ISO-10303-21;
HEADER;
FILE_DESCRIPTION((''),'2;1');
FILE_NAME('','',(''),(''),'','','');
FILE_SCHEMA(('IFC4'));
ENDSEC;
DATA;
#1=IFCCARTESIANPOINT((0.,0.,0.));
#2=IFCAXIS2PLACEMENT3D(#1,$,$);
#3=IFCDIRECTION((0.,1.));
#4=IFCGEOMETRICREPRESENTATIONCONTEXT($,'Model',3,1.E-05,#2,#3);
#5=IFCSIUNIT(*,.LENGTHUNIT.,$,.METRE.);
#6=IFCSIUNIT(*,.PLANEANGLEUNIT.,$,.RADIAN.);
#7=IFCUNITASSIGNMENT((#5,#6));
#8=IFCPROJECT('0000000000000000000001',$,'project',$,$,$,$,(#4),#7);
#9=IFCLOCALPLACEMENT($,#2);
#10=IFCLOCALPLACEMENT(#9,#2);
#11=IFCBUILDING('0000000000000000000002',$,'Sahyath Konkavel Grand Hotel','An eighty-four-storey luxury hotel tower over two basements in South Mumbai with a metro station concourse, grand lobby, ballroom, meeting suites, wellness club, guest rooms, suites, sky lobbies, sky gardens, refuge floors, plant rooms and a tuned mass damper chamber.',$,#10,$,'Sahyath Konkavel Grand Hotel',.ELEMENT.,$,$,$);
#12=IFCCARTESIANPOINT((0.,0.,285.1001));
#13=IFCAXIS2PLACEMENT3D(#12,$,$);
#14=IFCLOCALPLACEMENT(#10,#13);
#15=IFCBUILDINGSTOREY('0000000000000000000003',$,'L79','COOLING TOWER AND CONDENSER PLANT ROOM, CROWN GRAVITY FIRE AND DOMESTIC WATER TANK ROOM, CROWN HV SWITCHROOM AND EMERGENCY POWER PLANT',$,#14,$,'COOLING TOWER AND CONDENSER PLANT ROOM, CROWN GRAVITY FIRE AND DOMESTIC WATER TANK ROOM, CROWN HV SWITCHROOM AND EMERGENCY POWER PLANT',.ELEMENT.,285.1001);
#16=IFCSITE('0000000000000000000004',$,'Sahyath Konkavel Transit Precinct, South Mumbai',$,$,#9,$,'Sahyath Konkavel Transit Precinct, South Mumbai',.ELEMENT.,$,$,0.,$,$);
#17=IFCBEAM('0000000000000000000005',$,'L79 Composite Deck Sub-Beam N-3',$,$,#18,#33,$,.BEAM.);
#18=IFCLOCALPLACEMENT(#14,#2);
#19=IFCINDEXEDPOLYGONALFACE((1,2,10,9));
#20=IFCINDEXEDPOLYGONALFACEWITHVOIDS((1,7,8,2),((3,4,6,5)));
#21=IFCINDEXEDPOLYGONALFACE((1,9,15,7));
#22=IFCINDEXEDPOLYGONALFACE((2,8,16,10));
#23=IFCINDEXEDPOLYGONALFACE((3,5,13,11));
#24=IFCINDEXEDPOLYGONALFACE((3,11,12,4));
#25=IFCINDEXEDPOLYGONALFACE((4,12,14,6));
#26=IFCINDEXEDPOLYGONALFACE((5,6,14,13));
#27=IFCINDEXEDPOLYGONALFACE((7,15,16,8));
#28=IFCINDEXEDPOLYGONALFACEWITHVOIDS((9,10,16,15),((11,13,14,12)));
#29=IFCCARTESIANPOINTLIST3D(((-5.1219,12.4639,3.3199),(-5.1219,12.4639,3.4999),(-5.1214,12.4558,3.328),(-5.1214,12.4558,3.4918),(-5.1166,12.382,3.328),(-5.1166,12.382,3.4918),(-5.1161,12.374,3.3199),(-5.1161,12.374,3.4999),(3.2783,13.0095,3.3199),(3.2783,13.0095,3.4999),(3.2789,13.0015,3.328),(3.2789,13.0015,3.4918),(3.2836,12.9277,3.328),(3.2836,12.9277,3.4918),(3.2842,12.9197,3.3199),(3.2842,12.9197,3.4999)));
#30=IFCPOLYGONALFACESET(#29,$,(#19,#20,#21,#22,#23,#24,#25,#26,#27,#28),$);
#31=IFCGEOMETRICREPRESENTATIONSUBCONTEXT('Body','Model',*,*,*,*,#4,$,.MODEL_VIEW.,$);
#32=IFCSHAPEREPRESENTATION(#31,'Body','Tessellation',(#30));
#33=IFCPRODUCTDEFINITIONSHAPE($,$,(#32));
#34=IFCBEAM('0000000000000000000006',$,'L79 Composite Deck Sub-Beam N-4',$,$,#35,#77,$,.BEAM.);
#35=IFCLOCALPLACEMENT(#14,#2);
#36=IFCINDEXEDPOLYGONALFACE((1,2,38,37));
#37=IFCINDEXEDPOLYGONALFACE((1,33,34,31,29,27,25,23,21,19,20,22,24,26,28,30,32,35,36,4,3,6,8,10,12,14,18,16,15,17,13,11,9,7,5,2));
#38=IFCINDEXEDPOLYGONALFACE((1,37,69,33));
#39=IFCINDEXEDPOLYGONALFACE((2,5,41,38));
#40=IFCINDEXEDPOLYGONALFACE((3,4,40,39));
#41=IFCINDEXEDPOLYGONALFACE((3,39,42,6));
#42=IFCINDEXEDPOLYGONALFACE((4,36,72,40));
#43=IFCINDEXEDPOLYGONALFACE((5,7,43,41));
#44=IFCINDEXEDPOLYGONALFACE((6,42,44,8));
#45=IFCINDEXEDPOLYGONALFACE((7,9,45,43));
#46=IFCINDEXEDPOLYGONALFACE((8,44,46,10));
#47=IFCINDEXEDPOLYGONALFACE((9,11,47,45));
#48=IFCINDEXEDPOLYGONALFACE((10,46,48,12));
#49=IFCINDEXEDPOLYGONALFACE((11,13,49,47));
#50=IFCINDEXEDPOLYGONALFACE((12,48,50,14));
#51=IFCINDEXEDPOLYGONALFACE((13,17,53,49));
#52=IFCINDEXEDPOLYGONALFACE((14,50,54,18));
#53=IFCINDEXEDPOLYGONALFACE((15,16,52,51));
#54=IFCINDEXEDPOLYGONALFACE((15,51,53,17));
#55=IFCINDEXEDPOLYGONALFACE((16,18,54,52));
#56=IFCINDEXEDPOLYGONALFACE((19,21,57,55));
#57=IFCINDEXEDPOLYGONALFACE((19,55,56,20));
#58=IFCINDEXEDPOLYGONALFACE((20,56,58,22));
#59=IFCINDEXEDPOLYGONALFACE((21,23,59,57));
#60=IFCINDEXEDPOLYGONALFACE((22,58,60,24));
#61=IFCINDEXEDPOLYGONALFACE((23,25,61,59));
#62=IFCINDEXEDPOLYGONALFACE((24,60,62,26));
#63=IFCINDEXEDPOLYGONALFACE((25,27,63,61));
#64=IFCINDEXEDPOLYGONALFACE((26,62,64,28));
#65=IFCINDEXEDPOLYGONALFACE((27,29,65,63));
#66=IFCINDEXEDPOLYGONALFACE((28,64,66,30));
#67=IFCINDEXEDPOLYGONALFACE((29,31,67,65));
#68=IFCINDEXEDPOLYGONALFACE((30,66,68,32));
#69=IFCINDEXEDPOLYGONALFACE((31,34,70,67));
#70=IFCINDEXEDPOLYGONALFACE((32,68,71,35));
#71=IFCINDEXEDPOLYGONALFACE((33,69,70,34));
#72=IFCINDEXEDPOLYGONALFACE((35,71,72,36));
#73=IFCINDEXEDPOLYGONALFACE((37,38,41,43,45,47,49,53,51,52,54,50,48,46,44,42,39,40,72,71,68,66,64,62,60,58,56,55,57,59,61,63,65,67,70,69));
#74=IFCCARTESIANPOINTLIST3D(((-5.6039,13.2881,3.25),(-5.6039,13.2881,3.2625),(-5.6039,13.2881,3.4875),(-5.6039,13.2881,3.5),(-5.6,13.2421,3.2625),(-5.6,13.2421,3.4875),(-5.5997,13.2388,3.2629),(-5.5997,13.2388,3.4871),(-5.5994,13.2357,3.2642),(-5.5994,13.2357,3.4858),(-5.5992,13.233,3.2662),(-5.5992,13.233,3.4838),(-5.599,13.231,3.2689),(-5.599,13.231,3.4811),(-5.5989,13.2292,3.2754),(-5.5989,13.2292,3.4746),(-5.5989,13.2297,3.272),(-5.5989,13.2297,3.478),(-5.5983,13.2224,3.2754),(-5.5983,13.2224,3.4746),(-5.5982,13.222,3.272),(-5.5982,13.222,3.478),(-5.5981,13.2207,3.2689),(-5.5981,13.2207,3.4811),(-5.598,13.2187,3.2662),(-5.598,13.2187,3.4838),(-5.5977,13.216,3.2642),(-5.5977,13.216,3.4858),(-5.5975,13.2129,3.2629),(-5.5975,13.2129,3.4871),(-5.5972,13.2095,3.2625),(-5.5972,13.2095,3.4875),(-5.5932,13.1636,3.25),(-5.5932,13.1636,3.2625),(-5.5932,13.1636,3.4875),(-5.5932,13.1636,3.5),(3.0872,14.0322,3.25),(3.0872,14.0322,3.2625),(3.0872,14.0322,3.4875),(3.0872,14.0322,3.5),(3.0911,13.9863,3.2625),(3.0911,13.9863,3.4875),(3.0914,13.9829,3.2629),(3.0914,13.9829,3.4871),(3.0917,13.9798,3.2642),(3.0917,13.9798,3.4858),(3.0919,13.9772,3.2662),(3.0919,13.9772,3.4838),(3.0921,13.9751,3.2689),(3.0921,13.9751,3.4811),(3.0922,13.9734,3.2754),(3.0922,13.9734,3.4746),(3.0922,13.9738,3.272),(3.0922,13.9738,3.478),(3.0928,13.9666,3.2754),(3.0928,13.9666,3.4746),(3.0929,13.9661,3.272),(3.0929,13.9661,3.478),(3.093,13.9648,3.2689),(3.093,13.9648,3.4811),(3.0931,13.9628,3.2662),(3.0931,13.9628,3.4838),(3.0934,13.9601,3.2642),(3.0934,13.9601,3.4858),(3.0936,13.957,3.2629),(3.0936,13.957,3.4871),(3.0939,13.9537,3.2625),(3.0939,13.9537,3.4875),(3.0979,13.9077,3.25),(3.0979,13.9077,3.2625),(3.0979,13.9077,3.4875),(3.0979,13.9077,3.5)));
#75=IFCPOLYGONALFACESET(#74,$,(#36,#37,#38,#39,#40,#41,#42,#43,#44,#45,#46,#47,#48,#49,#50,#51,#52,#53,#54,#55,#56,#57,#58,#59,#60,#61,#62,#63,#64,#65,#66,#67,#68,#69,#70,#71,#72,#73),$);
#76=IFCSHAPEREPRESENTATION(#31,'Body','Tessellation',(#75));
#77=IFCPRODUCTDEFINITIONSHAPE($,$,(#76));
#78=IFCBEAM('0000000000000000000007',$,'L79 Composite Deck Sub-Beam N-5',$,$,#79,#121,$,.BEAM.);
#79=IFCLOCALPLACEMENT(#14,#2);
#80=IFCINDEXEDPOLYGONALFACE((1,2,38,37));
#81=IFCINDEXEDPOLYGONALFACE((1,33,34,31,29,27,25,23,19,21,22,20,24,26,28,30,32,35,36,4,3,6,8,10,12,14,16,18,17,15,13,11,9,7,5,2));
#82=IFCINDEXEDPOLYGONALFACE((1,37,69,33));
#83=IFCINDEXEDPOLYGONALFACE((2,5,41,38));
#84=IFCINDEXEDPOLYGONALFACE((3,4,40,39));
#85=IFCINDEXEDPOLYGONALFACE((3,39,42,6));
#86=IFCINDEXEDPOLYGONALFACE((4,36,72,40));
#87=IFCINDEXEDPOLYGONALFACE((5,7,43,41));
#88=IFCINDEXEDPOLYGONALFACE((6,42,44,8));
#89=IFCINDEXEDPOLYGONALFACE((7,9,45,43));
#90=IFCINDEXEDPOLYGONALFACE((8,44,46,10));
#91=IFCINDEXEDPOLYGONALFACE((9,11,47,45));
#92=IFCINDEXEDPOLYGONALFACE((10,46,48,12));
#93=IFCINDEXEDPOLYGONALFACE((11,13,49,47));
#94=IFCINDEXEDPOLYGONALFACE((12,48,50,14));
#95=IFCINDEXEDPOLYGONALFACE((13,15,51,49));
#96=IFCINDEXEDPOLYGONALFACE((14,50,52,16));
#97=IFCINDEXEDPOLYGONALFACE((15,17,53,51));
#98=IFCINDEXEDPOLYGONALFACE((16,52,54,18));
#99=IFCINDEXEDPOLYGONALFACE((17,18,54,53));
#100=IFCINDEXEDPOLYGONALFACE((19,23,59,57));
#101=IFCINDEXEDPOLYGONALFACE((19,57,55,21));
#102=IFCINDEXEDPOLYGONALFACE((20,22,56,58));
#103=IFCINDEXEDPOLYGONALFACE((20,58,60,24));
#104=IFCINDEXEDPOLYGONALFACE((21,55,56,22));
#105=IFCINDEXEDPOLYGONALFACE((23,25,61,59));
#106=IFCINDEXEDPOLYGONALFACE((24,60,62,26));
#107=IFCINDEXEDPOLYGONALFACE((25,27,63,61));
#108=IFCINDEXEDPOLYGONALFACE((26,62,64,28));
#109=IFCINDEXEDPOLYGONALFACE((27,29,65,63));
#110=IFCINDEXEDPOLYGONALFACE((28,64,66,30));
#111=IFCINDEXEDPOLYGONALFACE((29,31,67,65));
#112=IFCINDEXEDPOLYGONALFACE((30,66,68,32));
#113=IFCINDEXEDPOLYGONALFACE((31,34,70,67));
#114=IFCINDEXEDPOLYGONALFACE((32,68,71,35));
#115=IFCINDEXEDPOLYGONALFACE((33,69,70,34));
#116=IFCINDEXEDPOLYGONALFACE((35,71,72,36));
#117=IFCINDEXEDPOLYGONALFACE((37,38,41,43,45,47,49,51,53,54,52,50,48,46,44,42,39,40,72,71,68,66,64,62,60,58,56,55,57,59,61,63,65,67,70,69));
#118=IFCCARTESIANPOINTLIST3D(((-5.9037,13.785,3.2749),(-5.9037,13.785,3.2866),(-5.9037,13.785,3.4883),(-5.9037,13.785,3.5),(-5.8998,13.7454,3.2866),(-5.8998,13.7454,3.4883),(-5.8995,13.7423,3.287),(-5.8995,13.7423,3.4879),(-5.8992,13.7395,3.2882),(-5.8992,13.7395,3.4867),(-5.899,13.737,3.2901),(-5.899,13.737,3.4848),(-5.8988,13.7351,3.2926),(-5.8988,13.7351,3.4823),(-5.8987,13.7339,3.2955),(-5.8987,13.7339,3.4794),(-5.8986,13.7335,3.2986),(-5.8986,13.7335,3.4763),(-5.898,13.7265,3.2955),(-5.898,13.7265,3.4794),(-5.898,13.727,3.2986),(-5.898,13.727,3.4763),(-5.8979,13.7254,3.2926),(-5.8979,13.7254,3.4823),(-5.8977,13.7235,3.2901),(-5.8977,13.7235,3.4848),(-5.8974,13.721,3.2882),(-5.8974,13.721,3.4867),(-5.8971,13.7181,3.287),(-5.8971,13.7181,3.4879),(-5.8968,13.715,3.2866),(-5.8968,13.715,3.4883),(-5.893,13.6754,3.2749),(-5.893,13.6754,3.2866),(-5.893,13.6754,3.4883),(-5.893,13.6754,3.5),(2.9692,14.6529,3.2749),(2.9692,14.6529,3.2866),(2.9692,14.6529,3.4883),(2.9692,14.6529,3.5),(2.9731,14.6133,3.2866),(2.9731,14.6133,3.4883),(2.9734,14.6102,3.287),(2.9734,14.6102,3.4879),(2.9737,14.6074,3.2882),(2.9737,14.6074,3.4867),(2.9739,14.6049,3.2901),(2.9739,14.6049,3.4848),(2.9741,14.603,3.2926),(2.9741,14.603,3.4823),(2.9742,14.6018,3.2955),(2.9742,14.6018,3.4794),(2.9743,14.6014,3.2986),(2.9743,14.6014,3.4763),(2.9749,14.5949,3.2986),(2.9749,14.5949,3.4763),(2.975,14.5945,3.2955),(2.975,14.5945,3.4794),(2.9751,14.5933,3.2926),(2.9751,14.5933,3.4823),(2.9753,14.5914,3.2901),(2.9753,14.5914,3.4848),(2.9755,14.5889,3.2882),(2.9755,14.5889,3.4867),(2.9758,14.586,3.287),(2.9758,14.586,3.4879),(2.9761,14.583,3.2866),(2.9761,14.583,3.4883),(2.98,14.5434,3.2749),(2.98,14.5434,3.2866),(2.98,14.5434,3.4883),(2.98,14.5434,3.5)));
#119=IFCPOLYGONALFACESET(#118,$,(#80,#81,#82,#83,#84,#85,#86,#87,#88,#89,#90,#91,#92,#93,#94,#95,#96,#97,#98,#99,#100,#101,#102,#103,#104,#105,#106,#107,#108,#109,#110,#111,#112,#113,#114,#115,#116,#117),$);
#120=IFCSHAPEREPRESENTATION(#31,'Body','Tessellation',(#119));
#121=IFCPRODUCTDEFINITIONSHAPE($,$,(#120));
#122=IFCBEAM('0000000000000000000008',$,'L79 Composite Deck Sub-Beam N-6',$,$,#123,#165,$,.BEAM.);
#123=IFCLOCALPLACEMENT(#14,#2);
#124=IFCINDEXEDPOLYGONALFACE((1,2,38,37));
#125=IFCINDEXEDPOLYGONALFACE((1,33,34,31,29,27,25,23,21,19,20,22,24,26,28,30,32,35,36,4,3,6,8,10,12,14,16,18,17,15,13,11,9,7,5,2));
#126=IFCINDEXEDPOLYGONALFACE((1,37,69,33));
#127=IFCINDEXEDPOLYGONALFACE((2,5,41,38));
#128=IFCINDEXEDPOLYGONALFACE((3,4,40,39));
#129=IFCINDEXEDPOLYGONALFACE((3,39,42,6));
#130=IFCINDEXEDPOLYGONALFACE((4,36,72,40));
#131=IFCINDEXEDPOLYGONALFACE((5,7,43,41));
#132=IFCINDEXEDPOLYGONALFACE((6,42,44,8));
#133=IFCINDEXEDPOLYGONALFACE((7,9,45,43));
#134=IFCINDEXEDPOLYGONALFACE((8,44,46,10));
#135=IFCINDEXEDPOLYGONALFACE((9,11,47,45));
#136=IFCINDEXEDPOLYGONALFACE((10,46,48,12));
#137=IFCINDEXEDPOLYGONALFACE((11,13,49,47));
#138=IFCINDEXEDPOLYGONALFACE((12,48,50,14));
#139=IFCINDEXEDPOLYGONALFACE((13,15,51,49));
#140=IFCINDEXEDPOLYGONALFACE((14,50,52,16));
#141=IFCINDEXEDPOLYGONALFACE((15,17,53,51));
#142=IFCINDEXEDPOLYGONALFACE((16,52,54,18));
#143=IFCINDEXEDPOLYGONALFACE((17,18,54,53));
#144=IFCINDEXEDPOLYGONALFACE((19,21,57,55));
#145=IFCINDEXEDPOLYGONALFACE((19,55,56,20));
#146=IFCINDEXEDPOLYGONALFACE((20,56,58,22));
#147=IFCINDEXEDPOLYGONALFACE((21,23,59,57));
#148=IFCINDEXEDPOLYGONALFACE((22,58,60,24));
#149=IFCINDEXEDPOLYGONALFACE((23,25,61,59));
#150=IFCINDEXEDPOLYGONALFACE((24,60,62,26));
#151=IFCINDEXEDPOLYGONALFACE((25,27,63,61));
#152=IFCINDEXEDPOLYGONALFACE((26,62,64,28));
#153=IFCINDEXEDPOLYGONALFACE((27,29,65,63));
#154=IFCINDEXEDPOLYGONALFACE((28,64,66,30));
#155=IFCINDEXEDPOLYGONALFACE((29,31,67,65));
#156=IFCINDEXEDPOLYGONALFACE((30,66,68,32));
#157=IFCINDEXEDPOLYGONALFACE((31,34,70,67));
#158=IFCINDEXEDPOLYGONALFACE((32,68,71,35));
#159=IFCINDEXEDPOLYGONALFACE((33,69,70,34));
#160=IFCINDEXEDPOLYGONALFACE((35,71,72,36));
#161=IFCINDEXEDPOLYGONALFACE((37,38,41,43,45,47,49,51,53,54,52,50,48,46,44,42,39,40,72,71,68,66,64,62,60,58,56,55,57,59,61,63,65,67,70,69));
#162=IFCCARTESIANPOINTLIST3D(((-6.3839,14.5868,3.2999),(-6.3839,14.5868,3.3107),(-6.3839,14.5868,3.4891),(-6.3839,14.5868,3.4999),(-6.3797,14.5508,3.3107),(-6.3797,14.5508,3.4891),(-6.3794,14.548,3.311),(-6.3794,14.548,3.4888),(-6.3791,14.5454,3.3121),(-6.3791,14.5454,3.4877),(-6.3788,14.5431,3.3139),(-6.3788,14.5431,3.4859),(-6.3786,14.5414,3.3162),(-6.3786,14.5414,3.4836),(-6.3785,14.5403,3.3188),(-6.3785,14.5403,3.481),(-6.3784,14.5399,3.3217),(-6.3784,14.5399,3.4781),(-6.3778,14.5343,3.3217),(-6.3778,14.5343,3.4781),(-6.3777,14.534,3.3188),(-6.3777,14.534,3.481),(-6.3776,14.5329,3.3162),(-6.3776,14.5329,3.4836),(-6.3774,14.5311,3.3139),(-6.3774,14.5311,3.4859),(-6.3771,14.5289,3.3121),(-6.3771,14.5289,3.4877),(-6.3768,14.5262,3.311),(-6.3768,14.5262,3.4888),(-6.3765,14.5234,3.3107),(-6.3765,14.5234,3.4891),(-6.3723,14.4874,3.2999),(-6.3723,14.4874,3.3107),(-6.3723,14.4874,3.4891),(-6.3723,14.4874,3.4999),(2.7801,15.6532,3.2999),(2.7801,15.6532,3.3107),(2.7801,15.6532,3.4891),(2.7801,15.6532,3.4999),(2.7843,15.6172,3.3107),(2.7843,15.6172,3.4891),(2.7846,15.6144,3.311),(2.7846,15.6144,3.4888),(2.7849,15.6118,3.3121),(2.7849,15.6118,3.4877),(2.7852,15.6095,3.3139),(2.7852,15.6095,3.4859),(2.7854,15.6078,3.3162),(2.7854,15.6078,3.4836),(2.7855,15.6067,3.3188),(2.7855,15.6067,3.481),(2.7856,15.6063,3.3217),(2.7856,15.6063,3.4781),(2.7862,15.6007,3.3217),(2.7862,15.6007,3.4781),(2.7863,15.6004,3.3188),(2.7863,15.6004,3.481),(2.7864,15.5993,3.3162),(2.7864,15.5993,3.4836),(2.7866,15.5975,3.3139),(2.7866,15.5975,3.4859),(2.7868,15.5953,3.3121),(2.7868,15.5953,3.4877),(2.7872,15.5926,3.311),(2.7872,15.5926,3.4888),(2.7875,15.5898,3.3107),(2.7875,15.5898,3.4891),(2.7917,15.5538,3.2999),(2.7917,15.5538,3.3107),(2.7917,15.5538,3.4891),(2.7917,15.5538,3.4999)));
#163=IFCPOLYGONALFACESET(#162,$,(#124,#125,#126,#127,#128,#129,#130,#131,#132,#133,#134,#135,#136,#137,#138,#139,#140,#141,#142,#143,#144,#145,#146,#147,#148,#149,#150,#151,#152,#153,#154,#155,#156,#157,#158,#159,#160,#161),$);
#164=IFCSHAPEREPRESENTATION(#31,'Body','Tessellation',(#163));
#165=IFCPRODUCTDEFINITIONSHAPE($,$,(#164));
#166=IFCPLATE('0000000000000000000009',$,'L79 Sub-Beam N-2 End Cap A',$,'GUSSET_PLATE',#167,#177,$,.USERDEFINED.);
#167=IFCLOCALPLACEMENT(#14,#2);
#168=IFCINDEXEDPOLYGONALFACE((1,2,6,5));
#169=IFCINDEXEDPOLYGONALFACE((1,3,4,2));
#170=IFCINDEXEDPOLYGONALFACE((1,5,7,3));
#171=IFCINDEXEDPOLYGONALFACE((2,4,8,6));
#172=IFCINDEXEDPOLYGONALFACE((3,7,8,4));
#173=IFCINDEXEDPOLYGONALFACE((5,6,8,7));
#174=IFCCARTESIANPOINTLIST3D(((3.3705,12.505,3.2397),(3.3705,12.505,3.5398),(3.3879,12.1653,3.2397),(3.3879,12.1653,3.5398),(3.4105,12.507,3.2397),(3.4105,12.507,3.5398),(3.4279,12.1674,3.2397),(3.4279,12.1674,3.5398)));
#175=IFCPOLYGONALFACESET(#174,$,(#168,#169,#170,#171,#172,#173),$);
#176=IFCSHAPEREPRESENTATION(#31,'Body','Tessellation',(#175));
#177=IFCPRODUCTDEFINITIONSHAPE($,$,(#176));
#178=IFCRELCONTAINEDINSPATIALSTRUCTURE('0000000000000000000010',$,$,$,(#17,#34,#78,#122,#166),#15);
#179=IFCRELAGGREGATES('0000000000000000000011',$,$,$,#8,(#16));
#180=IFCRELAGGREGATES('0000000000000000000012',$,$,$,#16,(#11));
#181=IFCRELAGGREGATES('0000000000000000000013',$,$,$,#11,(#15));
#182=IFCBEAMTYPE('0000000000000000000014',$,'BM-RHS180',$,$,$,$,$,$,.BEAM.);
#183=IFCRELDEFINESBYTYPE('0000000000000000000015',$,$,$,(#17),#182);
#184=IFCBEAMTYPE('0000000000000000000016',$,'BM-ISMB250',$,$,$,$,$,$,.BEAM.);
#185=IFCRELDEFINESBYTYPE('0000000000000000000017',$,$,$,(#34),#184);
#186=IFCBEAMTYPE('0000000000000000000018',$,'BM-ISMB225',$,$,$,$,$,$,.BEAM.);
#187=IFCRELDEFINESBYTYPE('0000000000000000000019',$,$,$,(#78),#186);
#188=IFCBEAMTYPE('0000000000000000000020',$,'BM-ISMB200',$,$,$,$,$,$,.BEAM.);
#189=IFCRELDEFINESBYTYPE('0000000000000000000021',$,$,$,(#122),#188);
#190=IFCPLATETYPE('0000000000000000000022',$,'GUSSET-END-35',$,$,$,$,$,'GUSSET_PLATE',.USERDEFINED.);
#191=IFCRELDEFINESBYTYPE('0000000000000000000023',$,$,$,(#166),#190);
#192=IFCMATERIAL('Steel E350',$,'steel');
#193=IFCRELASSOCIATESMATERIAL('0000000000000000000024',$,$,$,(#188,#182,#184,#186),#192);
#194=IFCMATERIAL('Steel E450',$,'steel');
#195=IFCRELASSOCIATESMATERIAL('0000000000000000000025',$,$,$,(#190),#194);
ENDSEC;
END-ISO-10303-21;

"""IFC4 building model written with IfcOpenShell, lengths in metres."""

from ifc_helpers import new_model, si_unit, direction, frame, origin, origin_2d, place, context, subcontext, project, spatial, rectangle, hollow_rectangle, i_section, extrude, source, transform, mapped, material, material_profile, profile_set, type_object, element, save


model = new_model("IFC4")

# Units and contexts
model_context = context("Model", 3, precision=1e-05, world=origin(), true_north=direction((0.0, 1.0)))
body_context = subcontext(model_context, "Body", "Model", "MODEL_VIEW")
ifc_project = project(units=[si_unit("LENGTHUNIT", "METRE"), si_unit("PLANEANGLEUNIT", "RADIAN")], contexts=[model_context])

# Site, building, storey
site_placement = place(None, origin())
site = spatial("IfcSite", under=ifc_project, at=site_placement, Name="Sahyath Konkavel Transit Precinct, South Mumbai", LongName="Sahyath Konkavel Transit Precinct, South Mumbai", CompositionType="ELEMENT", RefElevation=0.0)
building_placement = place(site_placement, origin())
building = spatial("IfcBuilding", under=site, at=building_placement, Name="Sahyath Konkavel Grand Hotel", Description="An eighty-four-storey luxury hotel tower over two basements in South Mumbai with a metro station concourse, grand lobby, ballroom, meeting suites, wellness club, guest rooms, suites, sky lobbies, sky gardens, refuge floors, plant rooms and a tuned mass damper chamber.", LongName="Sahyath Konkavel Grand Hotel", CompositionType="ELEMENT")
storey_placement = place(building_placement, frame((0.0, 0.0, 285.1001)))
storey = spatial("IfcBuildingStorey", under=building, at=storey_placement, Name="L79", Description="COOLING TOWER AND CONDENSER PLANT ROOM, CROWN GRAVITY FIRE AND DOMESTIC WATER TANK ROOM, CROWN HV SWITCHROOM AND EMERGENCY POWER PLANT", LongName="COOLING TOWER AND CONDENSER PLANT ROOM, CROWN GRAVITY FIRE AND DOMESTIC WATER TANK ROOM, CROWN HV SWITCHROOM AND EMERGENCY POWER PLANT", CompositionType="ELEMENT", Elevation=285.1001)

# Beams
ifc_material_1 = material(Name="Steel E350", Category="steel")
ifc_material_profile_1 = material_profile(ifc_material_1, i_section(OverallWidth=0.1001, OverallDepth=0.2, WebThickness=0.0056, FlangeThickness=0.0107, FilletRadius=0.011, at=origin_2d()), Name="ISMB 200")
ifc_profile_set_1 = profile_set([ifc_material_profile_1], Name="Steel E350")
beam_type_1 = type_object("IfcBeamType", Name="BM-ISMB200", PredefinedType="BEAM", material=ifc_profile_set_1)
ifc_material_profile_2 = material_profile(ifc_material_1, hollow_rectangle(XDim=0.0901, YDim=0.1799, WallThickness=0.0081, at=origin_2d()), Name="RHS 180x90x8")
ifc_profile_set_2 = profile_set([ifc_material_profile_2], Name="Steel E350")
beam_type_2 = type_object("IfcBeamType", Name="BM-RHS180", PredefinedType="BEAM", material=ifc_profile_set_2)
shared_shape_1 = source(origin(), body_context, "Body", "SweptSolid", [
    extrude(hollow_rectangle(XDim=0.0901, YDim=0.1799, WallThickness=0.0081, at=origin_2d()), origin(), (0.0, 0.0, 1.0), 8.418),
])
beam_1_placement = place(storey_placement, frame((3.2812, 12.9646, 3.4099), z_axis=(-0.997897, -0.064821, 0.0), x_axis=(0.064821, -0.997897, 0.0)))
element("IfcBeam", 1, at=beam_1_placement, inside=storey, type_object=beam_type_2, Name="L79 Composite Deck Sub-Beam N-3", PredefinedType="BEAM", context=body_context, shape_type="MappedRepresentation", body=[
    mapped(shared_shape_1, transform((0.0, 0.0, 0.0), scale=1.0)),
])
ifc_material_profile_3 = material_profile(ifc_material_1, i_section(OverallWidth=0.125, OverallDepth=0.25, WebThickness=0.0068, FlangeThickness=0.0125, FilletRadius=0.0129, at=origin_2d()), Name="ISMB 250")
ifc_profile_set_3 = profile_set([ifc_material_profile_3], Name="Steel E350")
beam_type_3 = type_object("IfcBeamType", Name="BM-ISMB250", PredefinedType="BEAM", material=ifc_profile_set_3)
shared_shape_2 = source(origin(), body_context, "Body", "SweptSolid", [
    extrude(i_section(OverallWidth=0.125, OverallDepth=0.25, WebThickness=0.0068, FlangeThickness=0.0125, FilletRadius=0.0129, at=origin_2d()), origin(), (0.0, 0.0, 1.0), 8.7229),
])
beam_2_placement = place(storey_placement, frame((3.0925, 13.97, 3.375), z_axis=(-0.996355, -0.085308, 0.0), x_axis=(0.085308, -0.996355, 0.0)))
element("IfcBeam", 2, at=beam_2_placement, inside=storey, type_object=beam_type_3, Name="L79 Composite Deck Sub-Beam N-4", PredefinedType="BEAM", context=body_context, shape_type="MappedRepresentation", body=[
    mapped(shared_shape_2, transform((0.0, 0.0, 0.0), scale=1.0)),
])
ifc_material_profile_4 = material_profile(ifc_material_1, i_section(OverallWidth=0.1101, OverallDepth=0.2251, WebThickness=0.0066, FlangeThickness=0.0117, FilletRadius=0.012, at=origin_2d()), Name="ISMB 225")
ifc_profile_set_4 = profile_set([ifc_material_profile_4], Name="Steel E350")
beam_type_4 = type_object("IfcBeamType", Name="BM-ISMB225", PredefinedType="BEAM", material=ifc_profile_set_4)
shared_shape_3 = source(origin(), body_context, "Body", "SweptSolid", [
    extrude(i_section(OverallWidth=0.1101, OverallDepth=0.2251, WebThickness=0.0066, FlangeThickness=0.0117, FilletRadius=0.012, at=origin_2d()), origin(), (0.0, 0.0, 1.0), 8.9153),
])
beam_3_placement = place(storey_placement, frame((2.9746, 14.5981, 3.3875), z_axis=(-0.99525, -0.097351, 0.0), x_axis=(0.097351, -0.99525, 0.0)))
element("IfcBeam", 3, at=beam_3_placement, inside=storey, type_object=beam_type_4, Name="L79 Composite Deck Sub-Beam N-5", PredefinedType="BEAM", context=body_context, shape_type="MappedRepresentation", body=[
    mapped(shared_shape_3, transform((0.0, 0.0, 0.0), scale=1.0)),
])
shared_shape_4 = source(origin(), body_context, "Body", "SweptSolid", [
    extrude(i_section(OverallWidth=0.1001, OverallDepth=0.2, WebThickness=0.0056, FlangeThickness=0.0107, FilletRadius=0.011, at=origin_2d()), origin(), (0.0, 0.0, 1.0), 9.2258),
])
beam_4_placement = place(storey_placement, frame((2.7859, 15.6035, 3.3999), z_axis=(-0.993297, -0.115588, 0.0), x_axis=(0.115588, -0.993297, 0.0)))
element("IfcBeam", 4, at=beam_4_placement, inside=storey, type_object=beam_type_1, Name="L79 Composite Deck Sub-Beam N-6", PredefinedType="BEAM", context=body_context, shape_type="MappedRepresentation", body=[
    mapped(shared_shape_4, transform((0.0, 0.0, 0.0), scale=1.0)),
])

# Plate
ifc_material_2 = material(Name="Steel E450", Category="steel")
plate_type_1 = type_object("IfcPlateType", Name="GUSSET-END-35", ElementType="GUSSET_PLATE", PredefinedType="USERDEFINED", material=ifc_material_2)
shared_shape_5 = source(origin(), body_context, "Body", "SweptSolid", [
    extrude(rectangle(XDim=0.04, YDim=0.3401, at=origin_2d()), origin(), (0.0, 0.0, 1.0), 0.3),
])
plate_placement = place(storey_placement, frame((3.3992, 12.3362, 3.2397), z_axis=(0.0, 0.0, 1.0), x_axis=(-0.998686, -0.051238, 0.0)))
element("IfcPlate", 5, at=plate_placement, inside=storey, type_object=plate_type_1, Name="L79 Sub-Beam N-2 End Cap A", ObjectType="GUSSET_PLATE", PredefinedType="USERDEFINED", context=body_context, shape_type="MappedRepresentation", body=[
    mapped(shared_shape_5, transform((0.0, 0.0, 0.0), scale=1.0)),
])

save(model, "model.ifc")
